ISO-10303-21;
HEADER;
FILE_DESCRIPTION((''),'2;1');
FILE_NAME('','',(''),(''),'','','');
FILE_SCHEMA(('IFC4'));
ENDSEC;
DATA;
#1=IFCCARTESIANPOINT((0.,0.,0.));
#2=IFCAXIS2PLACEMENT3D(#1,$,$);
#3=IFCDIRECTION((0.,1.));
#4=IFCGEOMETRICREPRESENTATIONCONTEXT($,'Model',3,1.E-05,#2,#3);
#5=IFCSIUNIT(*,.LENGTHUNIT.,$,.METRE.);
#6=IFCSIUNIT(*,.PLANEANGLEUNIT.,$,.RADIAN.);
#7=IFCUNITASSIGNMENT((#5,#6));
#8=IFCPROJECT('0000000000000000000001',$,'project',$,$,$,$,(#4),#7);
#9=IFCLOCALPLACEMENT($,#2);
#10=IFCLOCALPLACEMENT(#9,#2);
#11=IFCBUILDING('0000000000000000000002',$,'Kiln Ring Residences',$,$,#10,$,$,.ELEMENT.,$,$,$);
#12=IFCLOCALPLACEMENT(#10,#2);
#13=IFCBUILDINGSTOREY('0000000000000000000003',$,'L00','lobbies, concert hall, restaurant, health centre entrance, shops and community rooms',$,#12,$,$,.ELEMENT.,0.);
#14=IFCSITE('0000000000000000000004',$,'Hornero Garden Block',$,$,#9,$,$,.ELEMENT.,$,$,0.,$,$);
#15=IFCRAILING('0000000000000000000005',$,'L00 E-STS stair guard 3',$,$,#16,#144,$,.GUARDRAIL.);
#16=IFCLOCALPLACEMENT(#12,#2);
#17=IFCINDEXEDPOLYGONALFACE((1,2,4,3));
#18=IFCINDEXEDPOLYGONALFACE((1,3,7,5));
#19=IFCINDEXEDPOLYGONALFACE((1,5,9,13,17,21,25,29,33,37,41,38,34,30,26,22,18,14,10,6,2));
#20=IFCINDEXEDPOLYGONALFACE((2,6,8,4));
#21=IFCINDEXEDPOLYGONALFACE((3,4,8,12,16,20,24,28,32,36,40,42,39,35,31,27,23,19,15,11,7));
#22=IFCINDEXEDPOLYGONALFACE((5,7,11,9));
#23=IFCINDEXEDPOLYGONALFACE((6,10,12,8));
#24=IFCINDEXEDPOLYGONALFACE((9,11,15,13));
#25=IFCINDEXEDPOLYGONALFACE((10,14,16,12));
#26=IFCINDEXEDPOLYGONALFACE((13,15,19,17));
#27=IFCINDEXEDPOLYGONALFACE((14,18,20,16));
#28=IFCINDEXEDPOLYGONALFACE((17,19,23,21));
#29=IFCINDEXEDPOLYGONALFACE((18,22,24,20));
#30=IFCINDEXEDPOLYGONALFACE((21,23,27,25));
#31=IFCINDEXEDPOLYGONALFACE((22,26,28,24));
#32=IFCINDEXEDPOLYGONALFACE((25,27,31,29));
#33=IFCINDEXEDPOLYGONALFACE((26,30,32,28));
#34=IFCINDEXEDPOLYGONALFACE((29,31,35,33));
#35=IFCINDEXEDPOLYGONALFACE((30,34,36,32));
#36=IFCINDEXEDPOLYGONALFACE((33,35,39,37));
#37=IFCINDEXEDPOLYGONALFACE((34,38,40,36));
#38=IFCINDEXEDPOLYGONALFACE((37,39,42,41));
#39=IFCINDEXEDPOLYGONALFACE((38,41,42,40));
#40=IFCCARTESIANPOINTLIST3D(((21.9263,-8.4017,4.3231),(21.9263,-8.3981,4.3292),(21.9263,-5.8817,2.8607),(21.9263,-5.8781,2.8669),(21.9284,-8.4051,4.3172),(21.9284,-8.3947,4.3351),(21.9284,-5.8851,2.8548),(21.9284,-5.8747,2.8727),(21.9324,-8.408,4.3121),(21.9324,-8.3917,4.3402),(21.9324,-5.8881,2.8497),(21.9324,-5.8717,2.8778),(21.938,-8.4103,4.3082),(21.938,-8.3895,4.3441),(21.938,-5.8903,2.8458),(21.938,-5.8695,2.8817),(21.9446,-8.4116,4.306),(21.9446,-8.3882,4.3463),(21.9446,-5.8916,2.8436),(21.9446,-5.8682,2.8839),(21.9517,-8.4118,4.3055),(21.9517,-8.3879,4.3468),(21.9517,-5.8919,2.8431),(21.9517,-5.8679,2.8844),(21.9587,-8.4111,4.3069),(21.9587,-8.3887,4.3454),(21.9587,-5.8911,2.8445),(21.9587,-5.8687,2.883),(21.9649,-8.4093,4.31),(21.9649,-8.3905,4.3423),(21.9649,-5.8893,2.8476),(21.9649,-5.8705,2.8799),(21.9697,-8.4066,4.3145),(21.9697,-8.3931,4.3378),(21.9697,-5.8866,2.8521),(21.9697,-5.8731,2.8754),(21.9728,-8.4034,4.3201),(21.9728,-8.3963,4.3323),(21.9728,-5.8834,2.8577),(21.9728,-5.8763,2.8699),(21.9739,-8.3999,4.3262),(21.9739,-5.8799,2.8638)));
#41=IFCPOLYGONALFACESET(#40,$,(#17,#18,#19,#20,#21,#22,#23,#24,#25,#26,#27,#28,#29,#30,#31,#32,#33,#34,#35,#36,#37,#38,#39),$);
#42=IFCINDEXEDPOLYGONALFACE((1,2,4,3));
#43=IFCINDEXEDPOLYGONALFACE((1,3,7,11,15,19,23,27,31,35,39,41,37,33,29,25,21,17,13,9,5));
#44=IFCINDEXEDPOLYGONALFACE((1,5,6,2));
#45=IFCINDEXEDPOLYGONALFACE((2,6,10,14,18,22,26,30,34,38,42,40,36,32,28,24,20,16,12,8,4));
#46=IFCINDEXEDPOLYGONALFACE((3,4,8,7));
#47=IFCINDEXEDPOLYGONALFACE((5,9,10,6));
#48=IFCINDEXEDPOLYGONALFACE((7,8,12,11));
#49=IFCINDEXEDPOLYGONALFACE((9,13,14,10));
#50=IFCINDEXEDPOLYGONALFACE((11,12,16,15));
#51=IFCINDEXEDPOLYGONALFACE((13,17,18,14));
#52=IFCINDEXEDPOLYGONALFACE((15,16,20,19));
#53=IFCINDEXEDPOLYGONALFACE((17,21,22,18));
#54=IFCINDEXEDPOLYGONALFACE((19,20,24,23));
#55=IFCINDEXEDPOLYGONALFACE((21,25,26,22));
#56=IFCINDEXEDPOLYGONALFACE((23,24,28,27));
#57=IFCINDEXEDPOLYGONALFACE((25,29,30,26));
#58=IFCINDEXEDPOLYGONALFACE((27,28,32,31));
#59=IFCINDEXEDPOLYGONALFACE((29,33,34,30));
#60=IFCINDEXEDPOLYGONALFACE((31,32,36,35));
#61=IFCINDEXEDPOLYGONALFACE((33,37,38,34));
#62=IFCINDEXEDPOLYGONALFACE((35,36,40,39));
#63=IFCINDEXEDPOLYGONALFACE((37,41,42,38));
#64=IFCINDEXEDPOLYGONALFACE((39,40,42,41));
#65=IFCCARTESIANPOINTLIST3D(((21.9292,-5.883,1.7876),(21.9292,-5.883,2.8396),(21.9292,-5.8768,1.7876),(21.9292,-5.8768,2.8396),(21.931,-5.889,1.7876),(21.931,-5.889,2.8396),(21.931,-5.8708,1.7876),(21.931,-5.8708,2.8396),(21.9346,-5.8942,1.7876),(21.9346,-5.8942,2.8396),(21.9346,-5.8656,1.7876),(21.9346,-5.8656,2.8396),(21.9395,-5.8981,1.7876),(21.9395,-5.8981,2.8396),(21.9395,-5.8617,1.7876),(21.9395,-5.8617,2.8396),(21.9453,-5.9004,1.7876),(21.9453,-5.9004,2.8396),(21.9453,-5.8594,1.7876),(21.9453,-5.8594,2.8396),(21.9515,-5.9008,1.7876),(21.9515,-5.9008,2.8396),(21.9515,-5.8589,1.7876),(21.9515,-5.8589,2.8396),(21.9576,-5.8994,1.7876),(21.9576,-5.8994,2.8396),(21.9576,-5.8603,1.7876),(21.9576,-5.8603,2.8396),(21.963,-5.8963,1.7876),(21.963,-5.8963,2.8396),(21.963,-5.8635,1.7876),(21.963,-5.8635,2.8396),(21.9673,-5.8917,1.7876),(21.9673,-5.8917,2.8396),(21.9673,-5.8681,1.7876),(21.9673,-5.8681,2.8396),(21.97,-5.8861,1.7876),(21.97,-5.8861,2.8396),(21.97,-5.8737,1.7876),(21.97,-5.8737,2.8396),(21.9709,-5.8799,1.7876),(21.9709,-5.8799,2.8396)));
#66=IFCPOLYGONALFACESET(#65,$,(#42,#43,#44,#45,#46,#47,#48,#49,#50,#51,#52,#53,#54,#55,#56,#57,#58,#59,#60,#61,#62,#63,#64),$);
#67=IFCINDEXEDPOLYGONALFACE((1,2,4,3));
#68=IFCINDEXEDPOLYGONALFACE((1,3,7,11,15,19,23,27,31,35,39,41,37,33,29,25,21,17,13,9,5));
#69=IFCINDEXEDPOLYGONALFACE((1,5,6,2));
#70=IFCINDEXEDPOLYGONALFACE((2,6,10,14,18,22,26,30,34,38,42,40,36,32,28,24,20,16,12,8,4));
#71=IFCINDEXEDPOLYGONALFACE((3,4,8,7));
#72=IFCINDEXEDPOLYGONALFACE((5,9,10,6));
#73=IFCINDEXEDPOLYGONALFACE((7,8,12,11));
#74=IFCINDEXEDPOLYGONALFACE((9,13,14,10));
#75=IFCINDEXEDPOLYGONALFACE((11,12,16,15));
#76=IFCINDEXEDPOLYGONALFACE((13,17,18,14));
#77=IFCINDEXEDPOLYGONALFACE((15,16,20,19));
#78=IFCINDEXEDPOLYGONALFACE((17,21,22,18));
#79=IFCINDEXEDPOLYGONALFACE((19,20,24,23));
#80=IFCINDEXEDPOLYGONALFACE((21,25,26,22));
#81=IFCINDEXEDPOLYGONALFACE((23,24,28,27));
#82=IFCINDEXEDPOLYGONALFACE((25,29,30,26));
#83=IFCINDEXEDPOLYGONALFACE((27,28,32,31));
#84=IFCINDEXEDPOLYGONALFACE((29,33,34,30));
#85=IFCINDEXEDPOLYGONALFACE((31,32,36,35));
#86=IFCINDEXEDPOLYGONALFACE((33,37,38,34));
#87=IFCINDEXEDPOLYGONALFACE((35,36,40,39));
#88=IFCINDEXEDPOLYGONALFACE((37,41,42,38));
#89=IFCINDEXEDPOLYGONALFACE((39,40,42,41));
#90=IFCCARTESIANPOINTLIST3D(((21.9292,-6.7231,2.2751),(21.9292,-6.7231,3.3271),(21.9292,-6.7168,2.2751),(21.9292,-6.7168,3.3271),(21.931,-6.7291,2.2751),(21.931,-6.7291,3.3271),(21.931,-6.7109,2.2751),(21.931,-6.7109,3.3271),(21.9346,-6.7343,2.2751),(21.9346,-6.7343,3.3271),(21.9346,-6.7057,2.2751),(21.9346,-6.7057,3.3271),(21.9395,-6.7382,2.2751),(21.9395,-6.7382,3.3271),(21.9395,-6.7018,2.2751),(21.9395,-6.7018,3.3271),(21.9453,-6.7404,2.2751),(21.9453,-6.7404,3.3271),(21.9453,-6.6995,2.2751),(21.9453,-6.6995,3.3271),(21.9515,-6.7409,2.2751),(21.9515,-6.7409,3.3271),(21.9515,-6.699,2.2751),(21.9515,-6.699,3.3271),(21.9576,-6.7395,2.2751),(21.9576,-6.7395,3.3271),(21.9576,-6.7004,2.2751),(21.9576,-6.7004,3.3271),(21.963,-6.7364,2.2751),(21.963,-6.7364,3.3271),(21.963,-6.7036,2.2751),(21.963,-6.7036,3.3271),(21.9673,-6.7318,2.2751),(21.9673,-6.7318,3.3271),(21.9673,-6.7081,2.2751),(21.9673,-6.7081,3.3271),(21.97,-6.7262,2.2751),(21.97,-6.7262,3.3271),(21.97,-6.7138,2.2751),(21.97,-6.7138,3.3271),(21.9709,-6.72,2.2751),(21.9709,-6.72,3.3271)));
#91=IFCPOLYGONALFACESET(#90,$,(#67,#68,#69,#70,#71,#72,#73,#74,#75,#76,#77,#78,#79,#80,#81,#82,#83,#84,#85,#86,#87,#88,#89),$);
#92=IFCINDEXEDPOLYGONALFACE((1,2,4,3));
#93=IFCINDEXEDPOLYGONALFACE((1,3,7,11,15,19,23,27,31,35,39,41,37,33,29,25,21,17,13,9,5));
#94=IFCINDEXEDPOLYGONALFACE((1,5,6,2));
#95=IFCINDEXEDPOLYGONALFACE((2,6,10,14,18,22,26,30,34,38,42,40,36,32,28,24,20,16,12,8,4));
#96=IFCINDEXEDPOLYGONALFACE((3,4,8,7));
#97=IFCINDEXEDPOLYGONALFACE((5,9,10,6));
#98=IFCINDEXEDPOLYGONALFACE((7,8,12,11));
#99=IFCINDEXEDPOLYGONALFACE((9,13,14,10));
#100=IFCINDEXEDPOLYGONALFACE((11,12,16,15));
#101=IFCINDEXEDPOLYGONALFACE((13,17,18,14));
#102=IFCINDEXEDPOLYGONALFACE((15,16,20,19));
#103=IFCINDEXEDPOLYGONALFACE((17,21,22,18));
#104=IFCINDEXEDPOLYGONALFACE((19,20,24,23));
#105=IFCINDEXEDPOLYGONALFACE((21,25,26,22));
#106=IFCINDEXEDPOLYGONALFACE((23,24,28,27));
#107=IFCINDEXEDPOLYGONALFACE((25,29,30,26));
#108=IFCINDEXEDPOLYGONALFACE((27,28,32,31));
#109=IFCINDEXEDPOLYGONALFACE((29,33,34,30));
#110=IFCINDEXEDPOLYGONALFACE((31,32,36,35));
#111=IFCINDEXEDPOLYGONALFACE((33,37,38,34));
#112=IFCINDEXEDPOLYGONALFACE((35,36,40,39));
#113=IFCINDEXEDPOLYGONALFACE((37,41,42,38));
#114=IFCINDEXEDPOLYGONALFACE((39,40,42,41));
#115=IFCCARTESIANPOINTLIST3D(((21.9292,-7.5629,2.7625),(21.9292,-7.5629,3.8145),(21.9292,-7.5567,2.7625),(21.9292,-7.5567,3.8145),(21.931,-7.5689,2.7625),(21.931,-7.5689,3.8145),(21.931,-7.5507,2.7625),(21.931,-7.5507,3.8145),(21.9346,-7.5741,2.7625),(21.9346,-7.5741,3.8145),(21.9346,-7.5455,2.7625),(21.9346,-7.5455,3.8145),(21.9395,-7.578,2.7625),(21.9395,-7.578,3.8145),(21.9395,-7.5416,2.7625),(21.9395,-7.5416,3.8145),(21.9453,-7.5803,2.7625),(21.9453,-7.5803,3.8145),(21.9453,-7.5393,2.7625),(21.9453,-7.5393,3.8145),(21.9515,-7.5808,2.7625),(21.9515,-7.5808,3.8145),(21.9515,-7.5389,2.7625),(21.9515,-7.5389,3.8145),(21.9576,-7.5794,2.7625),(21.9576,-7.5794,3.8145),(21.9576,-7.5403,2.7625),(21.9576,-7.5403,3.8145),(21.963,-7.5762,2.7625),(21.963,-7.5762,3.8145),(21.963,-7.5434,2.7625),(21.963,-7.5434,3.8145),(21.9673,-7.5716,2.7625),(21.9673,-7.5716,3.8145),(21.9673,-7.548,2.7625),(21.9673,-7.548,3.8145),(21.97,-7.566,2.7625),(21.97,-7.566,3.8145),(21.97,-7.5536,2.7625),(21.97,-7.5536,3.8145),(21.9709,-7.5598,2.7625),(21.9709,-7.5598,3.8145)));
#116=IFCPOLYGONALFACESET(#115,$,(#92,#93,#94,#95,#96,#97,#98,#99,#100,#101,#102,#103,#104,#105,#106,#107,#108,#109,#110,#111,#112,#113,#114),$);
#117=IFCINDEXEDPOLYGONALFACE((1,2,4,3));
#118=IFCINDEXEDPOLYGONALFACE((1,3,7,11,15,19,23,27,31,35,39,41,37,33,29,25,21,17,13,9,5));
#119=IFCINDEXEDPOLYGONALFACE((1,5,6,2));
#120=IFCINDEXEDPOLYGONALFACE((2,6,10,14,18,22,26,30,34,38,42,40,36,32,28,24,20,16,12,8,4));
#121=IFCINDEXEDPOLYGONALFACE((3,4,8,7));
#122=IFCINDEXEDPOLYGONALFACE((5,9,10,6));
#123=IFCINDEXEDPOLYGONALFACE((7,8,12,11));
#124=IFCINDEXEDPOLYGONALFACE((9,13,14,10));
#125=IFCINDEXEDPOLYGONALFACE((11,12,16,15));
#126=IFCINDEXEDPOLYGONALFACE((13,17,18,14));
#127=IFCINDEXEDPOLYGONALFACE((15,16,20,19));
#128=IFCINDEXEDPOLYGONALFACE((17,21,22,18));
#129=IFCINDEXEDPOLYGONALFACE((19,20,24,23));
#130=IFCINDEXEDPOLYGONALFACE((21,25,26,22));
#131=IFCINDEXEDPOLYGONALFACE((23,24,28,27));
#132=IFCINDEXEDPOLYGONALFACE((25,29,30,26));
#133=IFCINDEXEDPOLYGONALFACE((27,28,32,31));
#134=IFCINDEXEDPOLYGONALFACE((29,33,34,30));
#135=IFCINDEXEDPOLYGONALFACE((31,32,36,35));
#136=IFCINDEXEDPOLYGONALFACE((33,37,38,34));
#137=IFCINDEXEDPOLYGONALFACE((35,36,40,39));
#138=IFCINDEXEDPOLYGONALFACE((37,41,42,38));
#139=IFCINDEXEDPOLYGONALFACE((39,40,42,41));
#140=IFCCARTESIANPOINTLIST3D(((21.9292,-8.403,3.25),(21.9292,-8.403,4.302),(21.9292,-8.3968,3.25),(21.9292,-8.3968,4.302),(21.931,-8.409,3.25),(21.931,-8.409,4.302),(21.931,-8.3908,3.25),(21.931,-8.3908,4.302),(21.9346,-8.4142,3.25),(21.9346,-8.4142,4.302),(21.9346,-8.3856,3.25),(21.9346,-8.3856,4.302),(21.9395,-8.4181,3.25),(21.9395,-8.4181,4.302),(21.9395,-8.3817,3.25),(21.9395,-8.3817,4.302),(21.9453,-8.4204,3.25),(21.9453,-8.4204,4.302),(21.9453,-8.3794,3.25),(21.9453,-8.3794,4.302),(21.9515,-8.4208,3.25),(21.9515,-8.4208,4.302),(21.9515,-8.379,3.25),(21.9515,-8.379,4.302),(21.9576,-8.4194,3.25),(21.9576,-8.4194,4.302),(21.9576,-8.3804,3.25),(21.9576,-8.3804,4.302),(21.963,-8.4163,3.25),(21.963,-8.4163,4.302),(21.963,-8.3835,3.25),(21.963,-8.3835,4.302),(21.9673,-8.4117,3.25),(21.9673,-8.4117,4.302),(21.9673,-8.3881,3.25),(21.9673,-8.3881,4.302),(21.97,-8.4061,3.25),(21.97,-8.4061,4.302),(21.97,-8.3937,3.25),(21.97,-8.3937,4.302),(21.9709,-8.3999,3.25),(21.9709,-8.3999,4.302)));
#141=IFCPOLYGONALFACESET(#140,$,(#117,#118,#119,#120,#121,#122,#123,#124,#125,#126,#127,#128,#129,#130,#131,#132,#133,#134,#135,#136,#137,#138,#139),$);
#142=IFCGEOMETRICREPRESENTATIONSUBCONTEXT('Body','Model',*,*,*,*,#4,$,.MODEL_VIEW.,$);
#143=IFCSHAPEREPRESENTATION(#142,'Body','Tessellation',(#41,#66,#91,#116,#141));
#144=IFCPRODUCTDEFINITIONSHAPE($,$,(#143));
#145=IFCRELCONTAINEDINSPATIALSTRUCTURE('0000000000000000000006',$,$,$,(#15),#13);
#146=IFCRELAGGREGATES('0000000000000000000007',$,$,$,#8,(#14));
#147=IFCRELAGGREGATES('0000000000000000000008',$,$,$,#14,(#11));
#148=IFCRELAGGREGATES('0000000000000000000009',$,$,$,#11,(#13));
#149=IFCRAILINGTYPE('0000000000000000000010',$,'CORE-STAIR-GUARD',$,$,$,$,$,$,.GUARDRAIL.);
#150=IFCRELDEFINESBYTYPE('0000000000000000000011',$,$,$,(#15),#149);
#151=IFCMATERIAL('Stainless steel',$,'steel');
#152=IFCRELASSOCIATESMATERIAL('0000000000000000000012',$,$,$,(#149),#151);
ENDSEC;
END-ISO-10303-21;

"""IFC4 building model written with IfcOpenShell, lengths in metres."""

from ifc_helpers import new_model, si_unit, direction, frame, origin, origin_2d, place, context, subcontext, project, spatial, circle, extrude, material, type_object, element, save


model = new_model("IFC4")

# Units and contexts
model_context = context("Model", 3, precision=1e-05, world=origin(), true_north=direction((0.0, 1.0)))
body_context = subcontext(model_context, "Body", "Model", "MODEL_VIEW")
ifc_project = project(units=[si_unit("LENGTHUNIT", "METRE"), si_unit("PLANEANGLEUNIT", "RADIAN")], contexts=[model_context])

# Site, building, storey
site_placement = place(None, origin())
site = spatial("IfcSite", under=ifc_project, at=site_placement, Name="Hornero Garden Block", CompositionType="ELEMENT", RefElevation=0.0)
building_placement = place(site_placement, origin())
building = spatial("IfcBuilding", under=site, at=building_placement, Name="Kiln Ring Residences", CompositionType="ELEMENT")
storey_placement = place(building_placement, origin())
storey = spatial("IfcBuildingStorey", under=building, at=storey_placement, Name="L00", Description="lobbies, concert hall, restaurant, health centre entrance, shops and community rooms", CompositionType="ELEMENT", Elevation=0.0)

# Railing
ifc_material_1 = material(Name="Stainless steel", Category="steel")
railing_type_1 = type_object("IfcRailingType", Name="CORE-STAIR-GUARD", PredefinedType="GUARDRAIL", material=ifc_material_1)
railing_1_placement = place(storey_placement, frame((21.95, -5.8799, 1.7876)))
element("IfcRailing", 1, at=railing_1_placement, inside=storey, type_object=railing_type_1, Name="L00 E-STS stair guard 3", PredefinedType="GUARDRAIL", context=body_context, shape_type="SweptSolid", body=[
    extrude(circle(Radius=0.0239, at=origin_2d()), frame((0.0, 0.0, 1.0762), z_axis=(0.0, -0.864913, 0.501921), x_axis=(1.0, 0.0, 0.0)), (0.0, 0.0, 1.0), 2.9136),
    extrude(circle(Radius=0.021, at=origin_2d()), origin(), (0.0, 0.0, 1.0), 1.052),
    extrude(circle(Radius=0.021, at=origin_2d()), frame((0.0, -0.8401, 0.4875)), (0.0, 0.0, 1.0), 1.052),
    extrude(circle(Radius=0.021, at=origin_2d()), frame((0.0, -1.6799, 0.9749)), (0.0, 0.0, 1.0), 1.052),
    extrude(circle(Radius=0.021, at=origin_2d()), frame((0.0, -2.52, 1.4624)), (0.0, 0.0, 1.0), 1.052),
])

save(model, "model.ifc")
